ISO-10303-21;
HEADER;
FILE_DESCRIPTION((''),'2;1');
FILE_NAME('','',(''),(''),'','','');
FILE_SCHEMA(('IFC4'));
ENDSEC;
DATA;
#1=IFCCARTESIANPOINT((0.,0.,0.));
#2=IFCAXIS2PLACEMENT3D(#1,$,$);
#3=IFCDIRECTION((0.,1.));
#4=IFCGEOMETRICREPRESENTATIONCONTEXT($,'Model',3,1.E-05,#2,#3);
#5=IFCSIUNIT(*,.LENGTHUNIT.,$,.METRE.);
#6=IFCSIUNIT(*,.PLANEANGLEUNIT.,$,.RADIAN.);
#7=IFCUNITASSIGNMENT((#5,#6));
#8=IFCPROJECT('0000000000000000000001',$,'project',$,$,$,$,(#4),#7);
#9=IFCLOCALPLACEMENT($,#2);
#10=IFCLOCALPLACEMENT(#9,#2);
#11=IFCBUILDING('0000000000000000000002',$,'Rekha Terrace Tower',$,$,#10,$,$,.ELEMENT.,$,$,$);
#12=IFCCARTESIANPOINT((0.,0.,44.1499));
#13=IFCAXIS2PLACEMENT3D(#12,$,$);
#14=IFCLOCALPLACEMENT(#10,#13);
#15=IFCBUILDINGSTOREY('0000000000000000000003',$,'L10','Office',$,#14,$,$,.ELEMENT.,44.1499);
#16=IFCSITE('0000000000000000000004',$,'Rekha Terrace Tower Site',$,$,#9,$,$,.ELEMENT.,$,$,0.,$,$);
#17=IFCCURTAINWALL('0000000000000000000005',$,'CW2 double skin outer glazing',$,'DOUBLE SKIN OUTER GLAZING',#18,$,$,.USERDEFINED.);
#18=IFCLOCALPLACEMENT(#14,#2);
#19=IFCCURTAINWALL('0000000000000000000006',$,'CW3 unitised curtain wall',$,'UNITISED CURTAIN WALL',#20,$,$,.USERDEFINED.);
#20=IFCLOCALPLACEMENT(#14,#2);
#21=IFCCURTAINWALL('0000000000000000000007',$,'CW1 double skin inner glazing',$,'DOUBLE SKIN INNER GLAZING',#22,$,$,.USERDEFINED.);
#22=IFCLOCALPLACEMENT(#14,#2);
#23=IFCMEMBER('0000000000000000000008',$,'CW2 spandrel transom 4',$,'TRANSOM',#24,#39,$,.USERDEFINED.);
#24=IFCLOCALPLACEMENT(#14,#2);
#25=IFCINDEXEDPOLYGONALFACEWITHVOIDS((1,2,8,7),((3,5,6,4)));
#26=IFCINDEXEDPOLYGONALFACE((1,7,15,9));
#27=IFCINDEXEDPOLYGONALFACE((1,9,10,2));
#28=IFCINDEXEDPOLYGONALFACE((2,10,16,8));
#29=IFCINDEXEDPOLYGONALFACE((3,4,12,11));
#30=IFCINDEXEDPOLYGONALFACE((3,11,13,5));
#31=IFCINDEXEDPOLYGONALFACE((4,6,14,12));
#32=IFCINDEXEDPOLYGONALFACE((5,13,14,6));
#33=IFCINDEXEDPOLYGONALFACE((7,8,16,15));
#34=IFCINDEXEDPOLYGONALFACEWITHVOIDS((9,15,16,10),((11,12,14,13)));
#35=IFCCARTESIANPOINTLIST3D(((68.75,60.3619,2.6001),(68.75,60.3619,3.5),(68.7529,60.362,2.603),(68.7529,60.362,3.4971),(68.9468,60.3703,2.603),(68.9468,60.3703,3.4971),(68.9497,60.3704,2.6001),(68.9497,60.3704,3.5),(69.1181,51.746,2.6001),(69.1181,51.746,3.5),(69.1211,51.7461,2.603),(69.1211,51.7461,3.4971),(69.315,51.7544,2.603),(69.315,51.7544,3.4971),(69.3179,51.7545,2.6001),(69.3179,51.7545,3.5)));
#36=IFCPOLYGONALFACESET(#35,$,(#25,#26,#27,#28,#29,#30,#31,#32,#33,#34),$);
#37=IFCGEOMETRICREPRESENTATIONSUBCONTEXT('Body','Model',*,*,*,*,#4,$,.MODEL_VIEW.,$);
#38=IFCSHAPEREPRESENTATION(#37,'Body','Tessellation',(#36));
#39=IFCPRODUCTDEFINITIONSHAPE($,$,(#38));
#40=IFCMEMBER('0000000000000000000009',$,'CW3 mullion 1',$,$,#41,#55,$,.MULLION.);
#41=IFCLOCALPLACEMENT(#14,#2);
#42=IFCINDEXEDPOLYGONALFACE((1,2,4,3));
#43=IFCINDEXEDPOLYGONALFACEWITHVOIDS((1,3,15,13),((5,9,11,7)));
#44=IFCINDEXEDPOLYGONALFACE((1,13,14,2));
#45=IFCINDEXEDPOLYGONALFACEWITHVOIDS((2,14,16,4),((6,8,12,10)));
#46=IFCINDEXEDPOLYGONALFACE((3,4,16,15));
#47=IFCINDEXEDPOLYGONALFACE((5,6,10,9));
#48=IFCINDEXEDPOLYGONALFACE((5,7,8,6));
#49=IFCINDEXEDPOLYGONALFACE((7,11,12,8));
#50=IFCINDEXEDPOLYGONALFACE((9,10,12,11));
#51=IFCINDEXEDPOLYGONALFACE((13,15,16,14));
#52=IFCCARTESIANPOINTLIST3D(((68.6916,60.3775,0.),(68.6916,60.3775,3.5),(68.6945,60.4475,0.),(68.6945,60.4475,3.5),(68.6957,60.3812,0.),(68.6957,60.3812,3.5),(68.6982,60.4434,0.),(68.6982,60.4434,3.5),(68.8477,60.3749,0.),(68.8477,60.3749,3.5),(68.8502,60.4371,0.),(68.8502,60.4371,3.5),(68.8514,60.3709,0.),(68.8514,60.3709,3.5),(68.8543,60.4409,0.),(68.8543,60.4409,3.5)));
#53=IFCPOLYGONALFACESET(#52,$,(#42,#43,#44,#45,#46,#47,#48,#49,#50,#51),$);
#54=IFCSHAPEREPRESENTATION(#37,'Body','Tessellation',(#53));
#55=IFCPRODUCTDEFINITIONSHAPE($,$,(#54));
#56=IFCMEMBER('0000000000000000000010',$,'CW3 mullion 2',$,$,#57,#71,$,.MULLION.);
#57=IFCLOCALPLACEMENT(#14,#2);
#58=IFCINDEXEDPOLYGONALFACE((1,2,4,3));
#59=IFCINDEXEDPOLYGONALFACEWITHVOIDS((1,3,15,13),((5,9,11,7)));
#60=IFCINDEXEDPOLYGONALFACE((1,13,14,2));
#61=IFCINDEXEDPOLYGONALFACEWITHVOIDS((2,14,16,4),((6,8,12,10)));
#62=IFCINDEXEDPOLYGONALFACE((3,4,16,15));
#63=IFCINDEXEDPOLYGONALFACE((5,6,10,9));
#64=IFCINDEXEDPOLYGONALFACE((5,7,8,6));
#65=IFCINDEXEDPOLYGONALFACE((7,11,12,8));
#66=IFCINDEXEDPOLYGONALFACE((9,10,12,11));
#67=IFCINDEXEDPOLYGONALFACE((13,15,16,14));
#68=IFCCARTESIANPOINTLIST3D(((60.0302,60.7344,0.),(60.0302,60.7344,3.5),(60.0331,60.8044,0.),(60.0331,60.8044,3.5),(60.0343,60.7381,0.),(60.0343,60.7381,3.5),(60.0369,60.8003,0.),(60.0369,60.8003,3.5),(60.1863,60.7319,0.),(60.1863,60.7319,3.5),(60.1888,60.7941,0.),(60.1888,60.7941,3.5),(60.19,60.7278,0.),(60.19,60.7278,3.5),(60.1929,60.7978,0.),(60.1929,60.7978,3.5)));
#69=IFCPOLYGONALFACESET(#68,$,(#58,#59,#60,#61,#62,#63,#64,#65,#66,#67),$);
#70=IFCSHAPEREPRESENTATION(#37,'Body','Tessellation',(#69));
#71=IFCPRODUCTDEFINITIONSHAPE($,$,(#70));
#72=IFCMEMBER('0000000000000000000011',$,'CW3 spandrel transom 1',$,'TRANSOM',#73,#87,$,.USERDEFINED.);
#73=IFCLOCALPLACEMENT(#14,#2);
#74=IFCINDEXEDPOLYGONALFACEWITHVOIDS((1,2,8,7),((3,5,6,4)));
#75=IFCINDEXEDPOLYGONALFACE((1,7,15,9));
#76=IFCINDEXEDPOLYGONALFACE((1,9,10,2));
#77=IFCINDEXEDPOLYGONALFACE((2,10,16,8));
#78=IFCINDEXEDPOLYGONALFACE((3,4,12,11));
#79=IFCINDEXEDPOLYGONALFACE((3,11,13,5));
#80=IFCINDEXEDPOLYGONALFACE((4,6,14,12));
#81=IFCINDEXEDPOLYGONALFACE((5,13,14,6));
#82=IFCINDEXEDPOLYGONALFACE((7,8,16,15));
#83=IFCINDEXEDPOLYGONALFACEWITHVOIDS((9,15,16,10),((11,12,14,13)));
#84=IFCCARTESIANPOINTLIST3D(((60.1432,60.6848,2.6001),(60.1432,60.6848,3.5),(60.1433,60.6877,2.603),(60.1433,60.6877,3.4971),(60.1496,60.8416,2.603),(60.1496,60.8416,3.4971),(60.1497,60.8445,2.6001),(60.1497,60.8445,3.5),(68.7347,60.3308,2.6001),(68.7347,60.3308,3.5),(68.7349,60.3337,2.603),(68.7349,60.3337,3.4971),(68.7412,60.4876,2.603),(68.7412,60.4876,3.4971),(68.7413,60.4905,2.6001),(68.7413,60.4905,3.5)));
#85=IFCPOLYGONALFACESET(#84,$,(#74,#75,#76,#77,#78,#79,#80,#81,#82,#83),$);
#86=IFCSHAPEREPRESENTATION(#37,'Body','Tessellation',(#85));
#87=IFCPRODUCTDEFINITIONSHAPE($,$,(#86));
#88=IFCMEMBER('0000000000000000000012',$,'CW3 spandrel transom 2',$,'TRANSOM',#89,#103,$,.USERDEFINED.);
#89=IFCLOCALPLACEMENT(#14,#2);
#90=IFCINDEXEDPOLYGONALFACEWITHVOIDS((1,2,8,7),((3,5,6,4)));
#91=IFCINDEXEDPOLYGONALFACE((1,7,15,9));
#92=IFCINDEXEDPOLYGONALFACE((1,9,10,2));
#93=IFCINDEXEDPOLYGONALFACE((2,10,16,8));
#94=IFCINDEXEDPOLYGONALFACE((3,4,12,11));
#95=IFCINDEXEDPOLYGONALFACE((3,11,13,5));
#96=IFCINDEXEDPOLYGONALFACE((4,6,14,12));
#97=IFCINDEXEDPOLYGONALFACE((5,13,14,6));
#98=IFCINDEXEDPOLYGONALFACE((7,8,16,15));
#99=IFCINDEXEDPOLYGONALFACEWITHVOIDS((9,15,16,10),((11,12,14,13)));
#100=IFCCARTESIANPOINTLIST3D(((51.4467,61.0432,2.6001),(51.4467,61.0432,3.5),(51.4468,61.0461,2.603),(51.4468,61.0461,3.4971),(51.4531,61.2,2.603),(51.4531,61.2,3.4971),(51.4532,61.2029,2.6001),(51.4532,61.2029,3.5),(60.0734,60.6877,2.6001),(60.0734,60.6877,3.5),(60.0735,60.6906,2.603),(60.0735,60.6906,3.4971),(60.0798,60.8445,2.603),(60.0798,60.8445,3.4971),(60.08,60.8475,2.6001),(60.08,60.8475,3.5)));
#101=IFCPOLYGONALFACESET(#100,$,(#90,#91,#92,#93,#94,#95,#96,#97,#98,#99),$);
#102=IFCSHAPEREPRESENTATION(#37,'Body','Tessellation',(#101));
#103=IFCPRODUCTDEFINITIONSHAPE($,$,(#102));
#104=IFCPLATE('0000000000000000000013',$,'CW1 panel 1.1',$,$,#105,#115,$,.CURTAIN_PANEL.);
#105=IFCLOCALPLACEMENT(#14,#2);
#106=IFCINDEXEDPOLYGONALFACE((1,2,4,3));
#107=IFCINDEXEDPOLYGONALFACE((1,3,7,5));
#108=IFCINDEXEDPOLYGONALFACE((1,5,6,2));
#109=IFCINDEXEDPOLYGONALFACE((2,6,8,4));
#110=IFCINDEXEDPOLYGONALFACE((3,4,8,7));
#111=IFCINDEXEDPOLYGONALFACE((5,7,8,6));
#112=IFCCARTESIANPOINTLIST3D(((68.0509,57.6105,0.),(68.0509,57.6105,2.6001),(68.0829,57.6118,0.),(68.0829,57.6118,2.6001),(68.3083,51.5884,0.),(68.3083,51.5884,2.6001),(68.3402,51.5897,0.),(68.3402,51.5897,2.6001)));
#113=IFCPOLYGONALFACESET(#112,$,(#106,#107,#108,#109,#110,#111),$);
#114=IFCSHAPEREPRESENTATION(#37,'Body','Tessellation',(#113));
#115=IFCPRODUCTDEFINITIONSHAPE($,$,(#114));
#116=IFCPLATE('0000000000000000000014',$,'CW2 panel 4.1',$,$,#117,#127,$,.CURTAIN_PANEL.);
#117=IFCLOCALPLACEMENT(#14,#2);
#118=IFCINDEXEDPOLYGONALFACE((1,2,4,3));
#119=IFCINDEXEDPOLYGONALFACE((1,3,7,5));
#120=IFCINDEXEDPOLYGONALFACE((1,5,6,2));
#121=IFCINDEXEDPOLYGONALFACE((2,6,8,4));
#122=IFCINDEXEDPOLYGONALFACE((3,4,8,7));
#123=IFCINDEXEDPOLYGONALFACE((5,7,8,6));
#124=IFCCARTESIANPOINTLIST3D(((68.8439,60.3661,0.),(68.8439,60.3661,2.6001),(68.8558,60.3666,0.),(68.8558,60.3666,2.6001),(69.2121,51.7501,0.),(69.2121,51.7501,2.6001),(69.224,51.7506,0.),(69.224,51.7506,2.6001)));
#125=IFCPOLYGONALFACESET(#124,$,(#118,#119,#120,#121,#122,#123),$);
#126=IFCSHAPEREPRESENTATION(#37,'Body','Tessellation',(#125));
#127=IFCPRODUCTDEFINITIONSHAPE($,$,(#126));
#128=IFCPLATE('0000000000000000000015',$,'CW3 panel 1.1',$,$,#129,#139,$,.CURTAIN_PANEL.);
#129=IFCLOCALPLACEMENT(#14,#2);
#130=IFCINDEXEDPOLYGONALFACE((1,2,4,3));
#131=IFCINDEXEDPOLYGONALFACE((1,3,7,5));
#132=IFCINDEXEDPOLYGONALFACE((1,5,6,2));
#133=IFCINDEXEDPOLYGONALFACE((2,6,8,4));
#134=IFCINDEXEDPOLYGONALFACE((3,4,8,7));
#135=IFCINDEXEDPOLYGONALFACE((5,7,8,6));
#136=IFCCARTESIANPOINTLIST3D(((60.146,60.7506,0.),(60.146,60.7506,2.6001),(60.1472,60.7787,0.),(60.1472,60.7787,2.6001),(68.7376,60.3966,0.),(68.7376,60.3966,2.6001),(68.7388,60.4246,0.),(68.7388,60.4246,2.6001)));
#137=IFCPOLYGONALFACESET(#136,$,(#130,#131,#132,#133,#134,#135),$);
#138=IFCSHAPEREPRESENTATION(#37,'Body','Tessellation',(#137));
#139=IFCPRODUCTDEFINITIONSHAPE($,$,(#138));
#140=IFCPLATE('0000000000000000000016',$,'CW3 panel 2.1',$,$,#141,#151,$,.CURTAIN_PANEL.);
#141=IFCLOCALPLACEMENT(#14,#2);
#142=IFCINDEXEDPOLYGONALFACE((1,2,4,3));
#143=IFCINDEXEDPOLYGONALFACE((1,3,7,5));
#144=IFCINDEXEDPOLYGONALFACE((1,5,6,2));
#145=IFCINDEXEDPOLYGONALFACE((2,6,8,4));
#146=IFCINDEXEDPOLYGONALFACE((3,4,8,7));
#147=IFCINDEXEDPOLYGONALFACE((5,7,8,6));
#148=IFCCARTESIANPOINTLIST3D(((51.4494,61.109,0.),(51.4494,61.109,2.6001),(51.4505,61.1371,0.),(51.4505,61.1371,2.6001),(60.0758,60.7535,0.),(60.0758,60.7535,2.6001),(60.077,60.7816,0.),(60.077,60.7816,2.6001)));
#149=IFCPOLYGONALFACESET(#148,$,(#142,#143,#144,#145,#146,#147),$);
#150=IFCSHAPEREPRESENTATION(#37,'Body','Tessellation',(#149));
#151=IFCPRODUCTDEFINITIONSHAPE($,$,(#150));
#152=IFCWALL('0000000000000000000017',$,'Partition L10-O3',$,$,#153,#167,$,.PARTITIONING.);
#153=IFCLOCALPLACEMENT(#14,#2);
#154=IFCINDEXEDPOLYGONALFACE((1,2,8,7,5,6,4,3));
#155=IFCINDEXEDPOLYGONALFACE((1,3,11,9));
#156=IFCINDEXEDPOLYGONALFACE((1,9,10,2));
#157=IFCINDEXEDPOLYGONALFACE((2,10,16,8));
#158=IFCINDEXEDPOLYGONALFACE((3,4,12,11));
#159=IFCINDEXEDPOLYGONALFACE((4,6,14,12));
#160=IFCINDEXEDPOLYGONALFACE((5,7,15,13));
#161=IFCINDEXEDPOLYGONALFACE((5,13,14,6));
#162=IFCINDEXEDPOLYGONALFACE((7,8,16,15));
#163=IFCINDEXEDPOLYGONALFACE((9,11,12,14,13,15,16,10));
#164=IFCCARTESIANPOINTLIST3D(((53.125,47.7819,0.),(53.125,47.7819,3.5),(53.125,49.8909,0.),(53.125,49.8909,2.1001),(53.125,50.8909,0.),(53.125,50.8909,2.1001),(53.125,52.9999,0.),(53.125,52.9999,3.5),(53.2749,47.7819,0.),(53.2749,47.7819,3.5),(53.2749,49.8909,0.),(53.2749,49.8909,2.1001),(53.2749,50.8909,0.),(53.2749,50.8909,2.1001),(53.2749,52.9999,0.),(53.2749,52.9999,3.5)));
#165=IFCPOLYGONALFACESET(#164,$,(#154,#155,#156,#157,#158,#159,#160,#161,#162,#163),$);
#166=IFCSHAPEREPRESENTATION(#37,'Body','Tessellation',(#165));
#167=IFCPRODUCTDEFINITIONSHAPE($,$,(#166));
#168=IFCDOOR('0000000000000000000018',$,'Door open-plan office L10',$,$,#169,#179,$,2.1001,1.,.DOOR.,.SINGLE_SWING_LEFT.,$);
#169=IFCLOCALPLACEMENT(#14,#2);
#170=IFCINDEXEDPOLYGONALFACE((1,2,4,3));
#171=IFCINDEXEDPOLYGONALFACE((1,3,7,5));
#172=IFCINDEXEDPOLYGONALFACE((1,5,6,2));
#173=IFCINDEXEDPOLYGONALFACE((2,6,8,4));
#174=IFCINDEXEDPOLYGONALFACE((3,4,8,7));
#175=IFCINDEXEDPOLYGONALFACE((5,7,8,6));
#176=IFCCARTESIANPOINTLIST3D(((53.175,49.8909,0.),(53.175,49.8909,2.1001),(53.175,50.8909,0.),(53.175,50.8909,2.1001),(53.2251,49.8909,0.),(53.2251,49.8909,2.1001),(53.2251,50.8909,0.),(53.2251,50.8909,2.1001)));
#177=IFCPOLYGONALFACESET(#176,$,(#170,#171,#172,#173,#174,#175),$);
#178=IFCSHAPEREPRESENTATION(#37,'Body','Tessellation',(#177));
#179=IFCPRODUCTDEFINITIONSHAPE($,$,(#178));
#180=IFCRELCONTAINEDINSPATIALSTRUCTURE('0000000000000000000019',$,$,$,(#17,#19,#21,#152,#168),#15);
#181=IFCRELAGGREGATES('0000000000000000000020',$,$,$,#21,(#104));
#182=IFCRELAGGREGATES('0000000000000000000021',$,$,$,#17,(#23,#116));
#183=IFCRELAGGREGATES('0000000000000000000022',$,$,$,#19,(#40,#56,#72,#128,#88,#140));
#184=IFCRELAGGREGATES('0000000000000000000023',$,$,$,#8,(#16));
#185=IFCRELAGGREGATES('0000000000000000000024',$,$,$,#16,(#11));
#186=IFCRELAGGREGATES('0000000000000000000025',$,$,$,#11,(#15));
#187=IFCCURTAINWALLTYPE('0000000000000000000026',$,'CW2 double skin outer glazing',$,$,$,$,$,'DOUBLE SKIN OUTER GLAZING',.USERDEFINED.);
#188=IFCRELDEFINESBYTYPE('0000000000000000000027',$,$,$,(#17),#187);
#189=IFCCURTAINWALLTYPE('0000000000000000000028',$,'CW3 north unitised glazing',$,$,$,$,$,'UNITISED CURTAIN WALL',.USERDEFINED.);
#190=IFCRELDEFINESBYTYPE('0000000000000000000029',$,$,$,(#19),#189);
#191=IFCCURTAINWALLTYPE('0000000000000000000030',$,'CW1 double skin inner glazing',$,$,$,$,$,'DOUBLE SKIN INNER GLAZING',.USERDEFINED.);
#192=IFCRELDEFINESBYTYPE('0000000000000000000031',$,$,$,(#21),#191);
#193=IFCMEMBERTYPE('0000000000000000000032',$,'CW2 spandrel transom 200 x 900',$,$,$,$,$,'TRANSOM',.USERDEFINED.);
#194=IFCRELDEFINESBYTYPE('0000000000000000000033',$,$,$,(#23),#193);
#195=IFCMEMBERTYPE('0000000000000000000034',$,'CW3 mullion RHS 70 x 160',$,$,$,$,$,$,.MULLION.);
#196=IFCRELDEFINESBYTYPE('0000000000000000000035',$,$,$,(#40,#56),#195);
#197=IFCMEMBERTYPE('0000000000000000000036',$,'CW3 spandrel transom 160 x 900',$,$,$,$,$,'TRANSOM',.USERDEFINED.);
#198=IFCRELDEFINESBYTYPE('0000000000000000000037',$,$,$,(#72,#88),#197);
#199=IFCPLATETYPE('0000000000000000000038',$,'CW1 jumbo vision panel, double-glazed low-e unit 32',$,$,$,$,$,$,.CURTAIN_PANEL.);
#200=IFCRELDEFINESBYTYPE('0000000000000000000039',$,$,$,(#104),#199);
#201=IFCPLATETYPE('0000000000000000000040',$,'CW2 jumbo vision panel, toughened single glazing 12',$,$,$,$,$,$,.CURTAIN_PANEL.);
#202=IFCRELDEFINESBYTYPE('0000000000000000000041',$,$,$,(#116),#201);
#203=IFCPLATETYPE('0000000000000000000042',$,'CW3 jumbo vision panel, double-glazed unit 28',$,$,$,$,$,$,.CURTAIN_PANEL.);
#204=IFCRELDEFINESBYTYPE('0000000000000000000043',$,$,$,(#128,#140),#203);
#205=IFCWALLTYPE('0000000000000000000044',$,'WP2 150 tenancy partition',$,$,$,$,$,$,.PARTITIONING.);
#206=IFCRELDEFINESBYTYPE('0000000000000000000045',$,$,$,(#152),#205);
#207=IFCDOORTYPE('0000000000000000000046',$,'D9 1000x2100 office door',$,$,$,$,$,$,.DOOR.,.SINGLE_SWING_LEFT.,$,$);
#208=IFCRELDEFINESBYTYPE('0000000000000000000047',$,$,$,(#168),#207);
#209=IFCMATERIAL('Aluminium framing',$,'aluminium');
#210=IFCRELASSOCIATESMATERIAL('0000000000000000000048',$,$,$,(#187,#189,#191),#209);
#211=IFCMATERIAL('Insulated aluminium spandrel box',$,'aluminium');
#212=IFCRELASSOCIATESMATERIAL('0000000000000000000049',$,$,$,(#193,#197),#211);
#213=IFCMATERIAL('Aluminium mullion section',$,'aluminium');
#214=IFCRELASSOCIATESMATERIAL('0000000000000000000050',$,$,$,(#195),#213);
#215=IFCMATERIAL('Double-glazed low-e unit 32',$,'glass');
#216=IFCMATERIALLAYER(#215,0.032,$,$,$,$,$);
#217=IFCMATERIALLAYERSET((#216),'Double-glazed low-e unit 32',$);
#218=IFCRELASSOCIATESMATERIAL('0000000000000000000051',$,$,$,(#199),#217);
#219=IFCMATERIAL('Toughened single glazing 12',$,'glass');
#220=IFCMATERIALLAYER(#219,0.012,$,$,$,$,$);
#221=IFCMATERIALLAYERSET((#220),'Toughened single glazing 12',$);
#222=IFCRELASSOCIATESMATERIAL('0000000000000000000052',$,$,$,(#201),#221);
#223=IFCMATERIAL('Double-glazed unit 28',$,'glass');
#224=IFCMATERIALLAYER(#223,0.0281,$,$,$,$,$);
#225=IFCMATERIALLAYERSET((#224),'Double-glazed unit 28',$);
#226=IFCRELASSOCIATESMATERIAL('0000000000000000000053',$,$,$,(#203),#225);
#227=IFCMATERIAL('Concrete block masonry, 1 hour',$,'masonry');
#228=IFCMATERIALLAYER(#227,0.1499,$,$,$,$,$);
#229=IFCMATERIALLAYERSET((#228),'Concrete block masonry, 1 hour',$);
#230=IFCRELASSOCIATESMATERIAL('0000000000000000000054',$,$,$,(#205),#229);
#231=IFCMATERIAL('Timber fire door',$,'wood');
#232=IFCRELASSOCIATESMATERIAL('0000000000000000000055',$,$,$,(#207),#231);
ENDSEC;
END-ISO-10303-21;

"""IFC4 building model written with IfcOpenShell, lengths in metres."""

from ifc_helpers import new_model, si_unit, direction, frame, frame_2d, origin, origin_2d, place, context, subcontext, project, spatial, rectangle, hollow_rectangle, extrude, material, layer, layer_set, material_profile, profile_set, type_object, element, fill, aggregate, save


model = new_model("IFC4")

# Units and contexts
model_context = context("Model", 3, precision=1e-05, world=origin(), true_north=direction((0.0, 1.0)))
body_context = subcontext(model_context, "Body", "Model", "MODEL_VIEW")
ifc_project = project(units=[si_unit("LENGTHUNIT", "METRE"), si_unit("PLANEANGLEUNIT", "RADIAN")], contexts=[model_context])

# Site, building, storey
site_placement = place(None, origin())
site = spatial("IfcSite", under=ifc_project, at=site_placement, Name="Rekha Terrace Tower Site", CompositionType="ELEMENT", RefElevation=0.0)
building_placement = place(site_placement, origin())
building = spatial("IfcBuilding", under=site, at=building_placement, Name="Rekha Terrace Tower", CompositionType="ELEMENT")
storey_placement = place(building_placement, frame((0.0, 0.0, 44.1499)))
storey = spatial("IfcBuildingStorey", under=building, at=storey_placement, Name="L10", Description="Office", CompositionType="ELEMENT", Elevation=44.1499)

# Curtain walls
ifc_material_1 = material(Name="Aluminium framing", Category="aluminium")
curtain_wall_type_1 = type_object("IfcCurtainWallType", Name="CW2 double skin outer glazing", ElementType="DOUBLE SKIN OUTER GLAZING", PredefinedType="USERDEFINED", material=ifc_material_1)
curtain_wall_1_placement = place(storey_placement, origin())
curtain_wall_1 = element("IfcCurtainWall", 1, at=curtain_wall_1_placement, inside=storey, type_object=curtain_wall_type_1, Name="CW2 double skin outer glazing", ObjectType="DOUBLE SKIN OUTER GLAZING", PredefinedType="USERDEFINED")
curtain_wall_type_2 = type_object("IfcCurtainWallType", Name="CW3 north unitised glazing", ElementType="UNITISED CURTAIN WALL", PredefinedType="USERDEFINED", material=ifc_material_1)
curtain_wall_2_placement = place(storey_placement, origin())
curtain_wall_2 = element("IfcCurtainWall", 2, at=curtain_wall_2_placement, inside=storey, type_object=curtain_wall_type_2, Name="CW3 unitised curtain wall", ObjectType="UNITISED CURTAIN WALL", PredefinedType="USERDEFINED")
curtain_wall_type_3 = type_object("IfcCurtainWallType", Name="CW1 double skin inner glazing", ElementType="DOUBLE SKIN INNER GLAZING", PredefinedType="USERDEFINED", material=ifc_material_1)
ifc_material_2 = material(Name="Aluminium mullion section", Category="aluminium")

# Curtain wall
curtain_wall_3_placement = place(storey_placement, origin())
curtain_wall_3 = element("IfcCurtainWall", 3, at=curtain_wall_3_placement, inside=storey, type_object=curtain_wall_type_3, Name="CW1 double skin inner glazing", ObjectType="DOUBLE SKIN INNER GLAZING", PredefinedType="USERDEFINED")
ifc_material_3 = material(Name="Insulated aluminium spandrel box", Category="aluminium")

# Members
ifc_material_profile_1 = material_profile(ifc_material_3, hollow_rectangle(XDim=0.2, YDim=0.8999, WallThickness=0.0029, at=origin_2d()), Name="AL SPANDREL BOX 200x900")
ifc_profile_set_1 = profile_set([ifc_material_profile_1], Name="Insulated aluminium spandrel box")
member_type_1 = type_object("IfcMemberType", Name="CW2 spandrel transom 200 x 900", ElementType="TRANSOM", PredefinedType="USERDEFINED", material=ifc_profile_set_1)
member_1_placement = place(storey_placement, frame((69.218, 51.7502, 3.05), z_axis=(-0.042691, 0.999088, 0.0), x_axis=(-0.999088, -0.042691, 0.0)))
member_1 = element("IfcMember", 4, at=member_1_placement, type_object=member_type_1, Name="CW2 spandrel transom 4", ObjectType="TRANSOM", PredefinedType="USERDEFINED", context=body_context, shape_type="SweptSolid", body=[
    extrude(hollow_rectangle(XDim=0.2, YDim=0.8999, WallThickness=0.0029, at=origin_2d()), origin(), (0.0, 0.0, 1.0), 8.6238),
])
ifc_material_profile_2 = material_profile(ifc_material_2, hollow_rectangle(XDim=0.0701, YDim=0.1599, WallThickness=0.0039, at=origin_2d()), Name="AL RHS 70x160")
ifc_profile_set_2 = profile_set([ifc_material_profile_2], Name="Aluminium mullion section")
member_type_2 = type_object("IfcMemberType", Name="CW3 mullion RHS 70 x 160", PredefinedType="MULLION", material=ifc_profile_set_2)
member_2_placement = place(storey_placement, frame((68.7729, 60.4092, 0.0), z_axis=(0.0, 0.0, 1.0), x_axis=(-0.041174, -0.999152, 0.0)))
member_2 = element("IfcMember", 5, at=member_2_placement, type_object=member_type_2, Name="CW3 mullion 1", PredefinedType="MULLION", context=body_context, shape_type="SweptSolid", body=[
    extrude(hollow_rectangle(XDim=0.0701, YDim=0.1599, WallThickness=0.0039, at=origin_2d()), origin(), (0.0, 0.0, 1.0), 3.5),
])
member_3_placement = place(storey_placement, frame((60.1116, 60.7661, 0.0), z_axis=(0.0, 0.0, 1.0), x_axis=(-0.041174, -0.999152, 0.0)))
member_3 = element("IfcMember", 6, at=member_3_placement, type_object=member_type_2, Name="CW3 mullion 2", PredefinedType="MULLION", context=body_context, shape_type="SweptSolid", body=[
    extrude(hollow_rectangle(XDim=0.0701, YDim=0.1599, WallThickness=0.0039, at=origin_2d()), origin(), (0.0, 0.0, 1.0), 3.5),
])
ifc_material_profile_3 = material_profile(ifc_material_3, hollow_rectangle(XDim=0.1599, YDim=0.8999, WallThickness=0.0029, at=origin_2d()), Name="AL SPANDREL BOX 160x900")
ifc_profile_set_3 = profile_set([ifc_material_profile_3], Name="Insulated aluminium spandrel box")
member_type_3 = type_object("IfcMemberType", Name="CW3 spandrel transom 160 x 900", ElementType="TRANSOM", PredefinedType="USERDEFINED", material=ifc_profile_set_3)
member_4_placement = place(storey_placement, frame((68.738, 60.4106, 3.05), z_axis=(-0.999152, 0.041169, 0.0), x_axis=(-0.041169, -0.999152, 0.0)))
member_4 = element("IfcMember", 7, at=member_4_placement, type_object=member_type_3, Name="CW3 spandrel transom 1", ObjectType="TRANSOM", PredefinedType="USERDEFINED", context=body_context, shape_type="SweptSolid", body=[
    extrude(hollow_rectangle(XDim=0.1599, YDim=0.8999, WallThickness=0.0029, at=origin_2d()), origin(), (0.0, 0.0, 1.0), 8.5989),
])
member_5_placement = place(storey_placement, frame((60.0767, 60.7676, 3.05), z_axis=(-0.999152, 0.041171, 0.0), x_axis=(-0.041171, -0.999152, 0.0)))
member_5 = element("IfcMember", 8, at=member_5_placement, type_object=member_type_3, Name="CW3 spandrel transom 2", ObjectType="TRANSOM", PredefinedType="USERDEFINED", context=body_context, shape_type="SweptSolid", body=[
    extrude(hollow_rectangle(XDim=0.1599, YDim=0.8999, WallThickness=0.0029, at=origin_2d()), origin(), (0.0, 0.0, 1.0), 8.634),
])

# Plates
ifc_material_4 = material(Name="Double-glazed low-e unit 32", Category="glass")
ifc_layer_1 = layer(ifc_material_4, 0.032)
ifc_layer_set_1 = layer_set([ifc_layer_1], Name="Double-glazed low-e unit 32")
plate_type_1 = type_object("IfcPlateType", Name="CW1 jumbo vision panel, double-glazed low-e unit 32", PredefinedType="CURTAIN_PANEL", material=ifc_layer_set_1)
plate_1_placement = place(storey_placement, frame((68.1956, 54.6001, 0.0), z_axis=(0.0, 0.0, 1.0), x_axis=(-0.042696, 0.999088, 0.0)))
plate_1 = element("IfcPlate", 9, at=plate_1_placement, type_object=plate_type_1, Name="CW1 panel 1.1", PredefinedType="CURTAIN_PANEL", context=body_context, shape_type="SweptSolid", body=[
    extrude(rectangle(XDim=6.0276, YDim=0.032, at=origin_2d()), origin(), (0.0, 0.0, 1.0), 2.6001),
])
aggregate(curtain_wall_3, [plate_1])
ifc_material_5 = material(Name="Toughened single glazing 12", Category="glass")
ifc_layer_2 = layer(ifc_material_5, 0.012)
ifc_layer_set_2 = layer_set([ifc_layer_2], Name="Toughened single glazing 12")
plate_type_2 = type_object("IfcPlateType", Name="CW2 jumbo vision panel, toughened single glazing 12", PredefinedType="CURTAIN_PANEL", material=ifc_layer_set_2)
plate_2_placement = place(storey_placement, frame((69.0339, 56.0583, 0.0), z_axis=(0.0, 0.0, 1.0), x_axis=(-0.042696, 0.999088, 0.0)))
plate_2 = element("IfcPlate", 10, at=plate_2_placement, type_object=plate_type_2, Name="CW2 panel 4.1", PredefinedType="CURTAIN_PANEL", context=body_context, shape_type="SweptSolid", body=[
    extrude(rectangle(XDim=8.6238, YDim=0.012, at=origin_2d()), origin(), (0.0, 0.0, 1.0), 2.6001),
])
aggregate(curtain_wall_1, [member_1, plate_2])
ifc_material_6 = material(Name="Double-glazed unit 28", Category="glass")
ifc_layer_3 = layer(ifc_material_6, 0.0281)
ifc_layer_set_3 = layer_set([ifc_layer_3], Name="Double-glazed unit 28")
plate_type_3 = type_object("IfcPlateType", Name="CW3 jumbo vision panel, double-glazed unit 28", PredefinedType="CURTAIN_PANEL", material=ifc_layer_set_3)
plate_3_placement = place(storey_placement, frame((64.4424, 60.5876, 0.0), z_axis=(0.0, 0.0, 1.0), x_axis=(-0.999152, 0.041174, 0.0)))
plate_3 = element("IfcPlate", 11, at=plate_3_placement, type_object=plate_type_3, Name="CW3 panel 1.1", PredefinedType="CURTAIN_PANEL", context=body_context, shape_type="SweptSolid", body=[
    extrude(rectangle(XDim=8.5989, YDim=0.0281, at=origin_2d()), origin(), (0.0, 0.0, 1.0), 2.6001),
])
plate_4_placement = place(storey_placement, frame((55.7632, 60.9453, 0.0), z_axis=(0.0, 0.0, 1.0), x_axis=(-0.999152, 0.041174, 0.0)))
plate_4 = element("IfcPlate", 12, at=plate_4_placement, type_object=plate_type_3, Name="CW3 panel 2.1", PredefinedType="CURTAIN_PANEL", context=body_context, shape_type="SweptSolid", body=[
    extrude(rectangle(XDim=8.6338, YDim=0.0281, at=origin_2d()), origin(), (0.0, 0.0, 1.0), 2.6001),
])
aggregate(curtain_wall_2, [member_2, member_3, member_4, plate_3, member_5, plate_4])

# Wall, opening, door
ifc_material_7 = material(Name="Concrete block masonry, 1 hour", Category="masonry")
ifc_layer_4 = layer(ifc_material_7, 0.1499)
ifc_layer_set_4 = layer_set([ifc_layer_4], Name="Concrete block masonry, 1 hour")
wall_type_1 = type_object("IfcWallType", Name="WP2 150 tenancy partition", PredefinedType="PARTITIONING", material=ifc_layer_set_4)
wall_1_placement = place(storey_placement, frame((53.2, 47.782, 0.0), z_axis=(0.0, 0.0, 1.0), x_axis=(0.0, 1.0, 0.0)))
wall_1 = element("IfcWall", 13, at=wall_1_placement, inside=storey, type_object=wall_type_1, Name="Partition L10-O3", PredefinedType="PARTITIONING", context=body_context, shape_type="SweptSolid", body=[
    extrude(rectangle(XDim=5.218, YDim=0.1499, at=frame_2d((2.6089, 0.0))), origin(), (0.0, 0.0, 1.0), 3.5),
])
opening_1_placement = place(wall_1_placement, frame((2.1089, 0.0, 0.0)))
opening_1 = element("IfcOpeningElement", 14, at=opening_1_placement, cuts=wall_1, PredefinedType="OPENING", context=body_context, shape_type="SweptSolid", body=[
    extrude(rectangle(XDim=1.0, YDim=2.1001, at=frame_2d((0.5, 1.05))), frame((0.0, 0.085, 0.0), z_axis=(0.0, -1.0, 0.0), x_axis=(1.0, 0.0, 0.0)), (0.0, 0.0, 1.0), 0.1699),
])
ifc_material_8 = material(Name="Timber fire door", Category="wood")
door_type = type_object("IfcDoorType", Name="D9 1000x2100 office door", OperationType="SINGLE_SWING_LEFT", PredefinedType="DOOR", material=ifc_material_8)
door_1_placement = place(opening_1_placement, origin())
door_1 = element("IfcDoor", 15, at=door_1_placement, inside=storey, type_object=door_type, Name="Door open-plan office L10", OperationType="SINGLE_SWING_LEFT", OverallHeight=2.1001, OverallWidth=1.0, PredefinedType="DOOR", context=body_context, shape_type="SweptSolid", body=[
    extrude(rectangle(XDim=1.0, YDim=2.1001, at=frame_2d((0.5, 1.05))), frame((0.0, 0.0249, 0.0), z_axis=(0.0, -1.0, 0.0), x_axis=(1.0, 0.0, 0.0)), (0.0, 0.0, 1.0), 0.05),
])
fill(opening_1, door_1)

save(model, "model.ifc")
